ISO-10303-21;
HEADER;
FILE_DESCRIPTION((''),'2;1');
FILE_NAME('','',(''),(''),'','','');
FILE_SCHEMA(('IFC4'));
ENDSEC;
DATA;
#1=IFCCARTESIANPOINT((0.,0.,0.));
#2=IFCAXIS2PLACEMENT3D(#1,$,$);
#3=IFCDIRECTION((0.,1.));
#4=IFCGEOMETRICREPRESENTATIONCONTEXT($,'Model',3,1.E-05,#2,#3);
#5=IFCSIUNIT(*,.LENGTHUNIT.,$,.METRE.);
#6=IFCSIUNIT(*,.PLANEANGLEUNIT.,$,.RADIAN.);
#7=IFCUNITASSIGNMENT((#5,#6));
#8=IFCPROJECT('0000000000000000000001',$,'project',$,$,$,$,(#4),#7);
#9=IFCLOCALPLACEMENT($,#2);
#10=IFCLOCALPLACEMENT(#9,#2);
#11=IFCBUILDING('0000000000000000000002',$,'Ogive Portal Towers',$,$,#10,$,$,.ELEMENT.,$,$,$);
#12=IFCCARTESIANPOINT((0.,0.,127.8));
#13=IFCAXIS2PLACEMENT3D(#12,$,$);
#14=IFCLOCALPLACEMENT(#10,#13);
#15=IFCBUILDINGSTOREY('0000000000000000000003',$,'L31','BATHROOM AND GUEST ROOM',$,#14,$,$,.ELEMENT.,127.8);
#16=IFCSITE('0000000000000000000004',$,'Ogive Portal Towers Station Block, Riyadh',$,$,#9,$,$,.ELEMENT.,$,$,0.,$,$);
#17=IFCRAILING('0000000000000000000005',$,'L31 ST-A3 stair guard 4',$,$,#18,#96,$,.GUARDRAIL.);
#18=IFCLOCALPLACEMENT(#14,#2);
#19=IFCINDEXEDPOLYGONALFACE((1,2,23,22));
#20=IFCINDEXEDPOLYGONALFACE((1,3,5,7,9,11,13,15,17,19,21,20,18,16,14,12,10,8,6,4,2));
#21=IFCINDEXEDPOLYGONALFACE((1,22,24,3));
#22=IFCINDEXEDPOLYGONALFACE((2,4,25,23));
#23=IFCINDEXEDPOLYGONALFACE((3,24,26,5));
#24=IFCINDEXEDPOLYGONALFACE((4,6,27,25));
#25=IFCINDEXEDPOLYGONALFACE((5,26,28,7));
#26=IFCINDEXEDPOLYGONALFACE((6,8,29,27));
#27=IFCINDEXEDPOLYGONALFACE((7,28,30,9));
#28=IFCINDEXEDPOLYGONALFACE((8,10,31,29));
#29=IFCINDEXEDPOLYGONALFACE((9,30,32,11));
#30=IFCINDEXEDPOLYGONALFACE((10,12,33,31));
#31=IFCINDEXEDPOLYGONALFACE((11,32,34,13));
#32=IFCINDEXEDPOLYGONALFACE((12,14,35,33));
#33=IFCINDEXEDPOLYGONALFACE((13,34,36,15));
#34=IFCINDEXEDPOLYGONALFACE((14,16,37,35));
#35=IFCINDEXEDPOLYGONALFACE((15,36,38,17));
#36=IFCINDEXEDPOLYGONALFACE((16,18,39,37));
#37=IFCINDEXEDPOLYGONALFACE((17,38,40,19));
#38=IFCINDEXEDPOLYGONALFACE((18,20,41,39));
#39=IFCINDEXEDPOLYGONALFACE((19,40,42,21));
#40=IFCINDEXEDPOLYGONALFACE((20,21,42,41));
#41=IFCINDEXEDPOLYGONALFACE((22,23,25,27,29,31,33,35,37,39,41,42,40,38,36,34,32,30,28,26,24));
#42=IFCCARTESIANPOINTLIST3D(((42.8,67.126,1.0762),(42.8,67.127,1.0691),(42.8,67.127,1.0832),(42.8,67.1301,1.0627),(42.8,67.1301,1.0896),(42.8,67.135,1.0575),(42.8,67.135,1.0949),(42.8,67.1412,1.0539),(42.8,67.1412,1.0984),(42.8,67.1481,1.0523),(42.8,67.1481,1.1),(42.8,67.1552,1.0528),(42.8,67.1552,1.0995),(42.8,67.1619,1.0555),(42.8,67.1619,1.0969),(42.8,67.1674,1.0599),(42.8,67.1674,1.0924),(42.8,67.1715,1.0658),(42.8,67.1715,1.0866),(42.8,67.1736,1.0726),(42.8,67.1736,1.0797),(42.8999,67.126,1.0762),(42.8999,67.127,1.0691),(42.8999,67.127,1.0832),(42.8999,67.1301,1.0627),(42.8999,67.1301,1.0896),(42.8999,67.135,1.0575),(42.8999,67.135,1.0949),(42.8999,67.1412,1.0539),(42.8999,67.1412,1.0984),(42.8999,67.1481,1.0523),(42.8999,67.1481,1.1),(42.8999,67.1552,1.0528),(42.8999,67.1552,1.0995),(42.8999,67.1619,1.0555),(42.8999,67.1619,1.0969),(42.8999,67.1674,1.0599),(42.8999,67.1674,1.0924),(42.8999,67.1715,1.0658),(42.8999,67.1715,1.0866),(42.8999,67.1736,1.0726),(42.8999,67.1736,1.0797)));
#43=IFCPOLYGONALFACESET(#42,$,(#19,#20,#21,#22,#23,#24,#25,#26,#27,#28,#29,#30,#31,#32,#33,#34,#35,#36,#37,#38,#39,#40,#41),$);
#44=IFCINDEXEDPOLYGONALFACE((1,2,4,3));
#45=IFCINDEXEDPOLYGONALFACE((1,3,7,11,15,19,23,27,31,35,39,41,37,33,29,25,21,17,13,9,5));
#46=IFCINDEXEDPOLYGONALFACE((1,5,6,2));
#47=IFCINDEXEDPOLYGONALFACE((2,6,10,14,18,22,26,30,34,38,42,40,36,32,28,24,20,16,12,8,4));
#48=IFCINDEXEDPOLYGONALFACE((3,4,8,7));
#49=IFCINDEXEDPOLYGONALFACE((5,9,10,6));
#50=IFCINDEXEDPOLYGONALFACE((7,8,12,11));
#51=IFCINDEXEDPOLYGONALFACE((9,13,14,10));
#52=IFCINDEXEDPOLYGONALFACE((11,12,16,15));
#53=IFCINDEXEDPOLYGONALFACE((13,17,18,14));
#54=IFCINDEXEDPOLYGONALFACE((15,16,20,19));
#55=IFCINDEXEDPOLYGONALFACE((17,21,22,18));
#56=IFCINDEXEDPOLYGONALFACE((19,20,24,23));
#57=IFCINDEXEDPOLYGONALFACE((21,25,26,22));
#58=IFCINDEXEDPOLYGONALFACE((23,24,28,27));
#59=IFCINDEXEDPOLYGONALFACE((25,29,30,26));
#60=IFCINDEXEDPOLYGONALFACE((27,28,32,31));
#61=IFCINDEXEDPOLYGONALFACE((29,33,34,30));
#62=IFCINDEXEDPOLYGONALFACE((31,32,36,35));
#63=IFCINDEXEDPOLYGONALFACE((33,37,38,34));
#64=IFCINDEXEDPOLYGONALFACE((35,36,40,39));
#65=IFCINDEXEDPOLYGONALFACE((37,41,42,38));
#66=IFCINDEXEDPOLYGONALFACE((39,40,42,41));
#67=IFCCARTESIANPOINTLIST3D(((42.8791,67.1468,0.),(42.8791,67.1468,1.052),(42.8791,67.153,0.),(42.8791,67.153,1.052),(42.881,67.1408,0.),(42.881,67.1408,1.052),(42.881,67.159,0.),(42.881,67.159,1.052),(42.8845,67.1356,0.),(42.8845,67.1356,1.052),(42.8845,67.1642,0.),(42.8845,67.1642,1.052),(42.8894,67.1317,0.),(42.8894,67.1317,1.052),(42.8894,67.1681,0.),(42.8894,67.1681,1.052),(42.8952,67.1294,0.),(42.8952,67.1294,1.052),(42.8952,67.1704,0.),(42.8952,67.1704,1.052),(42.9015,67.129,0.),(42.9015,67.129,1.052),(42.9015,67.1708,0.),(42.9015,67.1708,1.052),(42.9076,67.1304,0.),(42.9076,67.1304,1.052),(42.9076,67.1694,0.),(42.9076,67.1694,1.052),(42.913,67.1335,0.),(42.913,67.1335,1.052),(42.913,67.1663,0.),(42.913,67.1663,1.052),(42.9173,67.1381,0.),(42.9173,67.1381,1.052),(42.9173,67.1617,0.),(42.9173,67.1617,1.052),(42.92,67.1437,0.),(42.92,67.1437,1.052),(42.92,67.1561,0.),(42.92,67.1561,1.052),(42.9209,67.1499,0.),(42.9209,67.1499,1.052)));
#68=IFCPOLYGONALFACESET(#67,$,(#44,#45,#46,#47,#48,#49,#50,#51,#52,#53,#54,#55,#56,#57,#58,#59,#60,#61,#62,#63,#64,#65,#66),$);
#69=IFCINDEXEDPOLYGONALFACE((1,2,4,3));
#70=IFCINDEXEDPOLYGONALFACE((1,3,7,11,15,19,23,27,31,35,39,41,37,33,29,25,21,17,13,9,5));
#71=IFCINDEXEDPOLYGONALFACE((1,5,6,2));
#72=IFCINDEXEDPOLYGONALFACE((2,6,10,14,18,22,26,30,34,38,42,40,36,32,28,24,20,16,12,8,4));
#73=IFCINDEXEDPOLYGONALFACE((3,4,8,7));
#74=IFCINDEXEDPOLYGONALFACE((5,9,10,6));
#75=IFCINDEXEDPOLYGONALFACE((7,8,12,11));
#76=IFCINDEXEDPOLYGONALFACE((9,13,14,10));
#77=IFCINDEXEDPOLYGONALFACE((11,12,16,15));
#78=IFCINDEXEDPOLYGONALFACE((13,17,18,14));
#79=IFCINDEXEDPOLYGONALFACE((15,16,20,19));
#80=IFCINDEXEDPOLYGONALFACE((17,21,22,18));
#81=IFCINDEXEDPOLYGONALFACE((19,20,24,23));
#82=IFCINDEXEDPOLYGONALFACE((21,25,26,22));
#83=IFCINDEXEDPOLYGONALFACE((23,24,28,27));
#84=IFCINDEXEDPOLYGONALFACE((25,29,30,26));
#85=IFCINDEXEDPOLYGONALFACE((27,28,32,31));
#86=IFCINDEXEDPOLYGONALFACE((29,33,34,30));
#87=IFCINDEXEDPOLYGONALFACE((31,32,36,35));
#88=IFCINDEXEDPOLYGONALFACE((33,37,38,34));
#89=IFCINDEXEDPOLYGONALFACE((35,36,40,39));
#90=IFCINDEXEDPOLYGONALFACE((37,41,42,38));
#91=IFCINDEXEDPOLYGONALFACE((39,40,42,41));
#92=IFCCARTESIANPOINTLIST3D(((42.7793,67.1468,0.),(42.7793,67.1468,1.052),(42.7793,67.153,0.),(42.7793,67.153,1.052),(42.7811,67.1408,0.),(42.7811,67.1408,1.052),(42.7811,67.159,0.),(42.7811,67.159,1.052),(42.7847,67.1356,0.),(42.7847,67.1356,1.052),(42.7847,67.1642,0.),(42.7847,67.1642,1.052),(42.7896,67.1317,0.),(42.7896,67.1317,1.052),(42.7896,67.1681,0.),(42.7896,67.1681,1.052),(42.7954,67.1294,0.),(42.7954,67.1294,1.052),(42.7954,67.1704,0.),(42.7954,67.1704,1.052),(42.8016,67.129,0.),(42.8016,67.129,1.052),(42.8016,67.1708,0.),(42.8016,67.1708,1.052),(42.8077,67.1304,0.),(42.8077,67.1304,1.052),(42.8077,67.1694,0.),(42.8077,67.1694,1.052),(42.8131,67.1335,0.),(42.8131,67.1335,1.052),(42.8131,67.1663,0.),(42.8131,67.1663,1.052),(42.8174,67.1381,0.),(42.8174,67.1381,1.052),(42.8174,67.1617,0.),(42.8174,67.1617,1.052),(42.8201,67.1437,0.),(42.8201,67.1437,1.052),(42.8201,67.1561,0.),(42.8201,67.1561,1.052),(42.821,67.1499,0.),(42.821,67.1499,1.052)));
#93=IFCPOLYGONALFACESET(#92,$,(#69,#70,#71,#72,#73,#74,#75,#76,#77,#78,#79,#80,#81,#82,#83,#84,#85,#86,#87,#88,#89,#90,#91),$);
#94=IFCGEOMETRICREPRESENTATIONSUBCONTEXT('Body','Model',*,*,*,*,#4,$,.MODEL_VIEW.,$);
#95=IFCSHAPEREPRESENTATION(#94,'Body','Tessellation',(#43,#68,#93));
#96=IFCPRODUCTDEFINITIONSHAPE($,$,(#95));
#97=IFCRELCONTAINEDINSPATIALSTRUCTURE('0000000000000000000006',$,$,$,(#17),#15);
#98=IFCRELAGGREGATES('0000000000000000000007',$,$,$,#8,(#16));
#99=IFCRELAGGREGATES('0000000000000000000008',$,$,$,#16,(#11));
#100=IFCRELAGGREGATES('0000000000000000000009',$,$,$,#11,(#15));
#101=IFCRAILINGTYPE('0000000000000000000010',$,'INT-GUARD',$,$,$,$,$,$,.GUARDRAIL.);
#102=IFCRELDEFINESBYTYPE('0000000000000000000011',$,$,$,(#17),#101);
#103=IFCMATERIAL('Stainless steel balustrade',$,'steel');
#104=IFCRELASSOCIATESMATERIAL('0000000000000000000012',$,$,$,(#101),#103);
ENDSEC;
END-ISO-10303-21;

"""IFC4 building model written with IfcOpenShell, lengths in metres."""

from ifc_helpers import new_model, si_unit, direction, frame, origin, origin_2d, place, context, subcontext, project, spatial, circle, extrude, material, type_object, element, save


model = new_model("IFC4")

# Units and contexts
model_context = context("Model", 3, precision=1e-05, world=origin(), true_north=direction((0.0, 1.0)))
body_context = subcontext(model_context, "Body", "Model", "MODEL_VIEW")
ifc_project = project(units=[si_unit("LENGTHUNIT", "METRE"), si_unit("PLANEANGLEUNIT", "RADIAN")], contexts=[model_context])

# Site, building, storey
site_placement = place(None, origin())
site = spatial("IfcSite", under=ifc_project, at=site_placement, Name="Ogive Portal Towers Station Block, Riyadh", CompositionType="ELEMENT", RefElevation=0.0)
building_placement = place(site_placement, origin())
building = spatial("IfcBuilding", under=site, at=building_placement, Name="Ogive Portal Towers", CompositionType="ELEMENT")
storey_placement = place(building_placement, frame((0.0, 0.0, 127.8)))
storey = spatial("IfcBuildingStorey", under=building, at=storey_placement, Name="L31", Description="BATHROOM AND GUEST ROOM", CompositionType="ELEMENT", Elevation=127.8)

# Railing
ifc_material_1 = material(Name="Stainless steel balustrade", Category="steel")
railing_type_1 = type_object("IfcRailingType", Name="INT-GUARD", PredefinedType="GUARDRAIL", material=ifc_material_1)
railing_1_placement = place(storey_placement, frame((42.8999, 67.1499, 0.0)))
element("IfcRailing", 1, at=railing_1_placement, inside=storey, type_object=railing_type_1, Name="L31 ST-A3 stair guard 4", PredefinedType="GUARDRAIL", context=body_context, shape_type="SweptSolid", body=[
    extrude(circle(Radius=0.0239, at=origin_2d()), frame((0.0, 0.0, 1.0762), z_axis=(-1.0, 0.0, 0.0), x_axis=(0.0, -1.0, 0.0)), (0.0, 0.0, 1.0), 0.0999),
    extrude(circle(Radius=0.021, at=origin_2d()), origin(), (0.0, 0.0, 1.0), 1.052),
    extrude(circle(Radius=0.021, at=origin_2d()), frame((-0.0999, 0.0, 0.0)), (0.0, 0.0, 1.0), 1.052),
])

save(model, "model.ifc")
